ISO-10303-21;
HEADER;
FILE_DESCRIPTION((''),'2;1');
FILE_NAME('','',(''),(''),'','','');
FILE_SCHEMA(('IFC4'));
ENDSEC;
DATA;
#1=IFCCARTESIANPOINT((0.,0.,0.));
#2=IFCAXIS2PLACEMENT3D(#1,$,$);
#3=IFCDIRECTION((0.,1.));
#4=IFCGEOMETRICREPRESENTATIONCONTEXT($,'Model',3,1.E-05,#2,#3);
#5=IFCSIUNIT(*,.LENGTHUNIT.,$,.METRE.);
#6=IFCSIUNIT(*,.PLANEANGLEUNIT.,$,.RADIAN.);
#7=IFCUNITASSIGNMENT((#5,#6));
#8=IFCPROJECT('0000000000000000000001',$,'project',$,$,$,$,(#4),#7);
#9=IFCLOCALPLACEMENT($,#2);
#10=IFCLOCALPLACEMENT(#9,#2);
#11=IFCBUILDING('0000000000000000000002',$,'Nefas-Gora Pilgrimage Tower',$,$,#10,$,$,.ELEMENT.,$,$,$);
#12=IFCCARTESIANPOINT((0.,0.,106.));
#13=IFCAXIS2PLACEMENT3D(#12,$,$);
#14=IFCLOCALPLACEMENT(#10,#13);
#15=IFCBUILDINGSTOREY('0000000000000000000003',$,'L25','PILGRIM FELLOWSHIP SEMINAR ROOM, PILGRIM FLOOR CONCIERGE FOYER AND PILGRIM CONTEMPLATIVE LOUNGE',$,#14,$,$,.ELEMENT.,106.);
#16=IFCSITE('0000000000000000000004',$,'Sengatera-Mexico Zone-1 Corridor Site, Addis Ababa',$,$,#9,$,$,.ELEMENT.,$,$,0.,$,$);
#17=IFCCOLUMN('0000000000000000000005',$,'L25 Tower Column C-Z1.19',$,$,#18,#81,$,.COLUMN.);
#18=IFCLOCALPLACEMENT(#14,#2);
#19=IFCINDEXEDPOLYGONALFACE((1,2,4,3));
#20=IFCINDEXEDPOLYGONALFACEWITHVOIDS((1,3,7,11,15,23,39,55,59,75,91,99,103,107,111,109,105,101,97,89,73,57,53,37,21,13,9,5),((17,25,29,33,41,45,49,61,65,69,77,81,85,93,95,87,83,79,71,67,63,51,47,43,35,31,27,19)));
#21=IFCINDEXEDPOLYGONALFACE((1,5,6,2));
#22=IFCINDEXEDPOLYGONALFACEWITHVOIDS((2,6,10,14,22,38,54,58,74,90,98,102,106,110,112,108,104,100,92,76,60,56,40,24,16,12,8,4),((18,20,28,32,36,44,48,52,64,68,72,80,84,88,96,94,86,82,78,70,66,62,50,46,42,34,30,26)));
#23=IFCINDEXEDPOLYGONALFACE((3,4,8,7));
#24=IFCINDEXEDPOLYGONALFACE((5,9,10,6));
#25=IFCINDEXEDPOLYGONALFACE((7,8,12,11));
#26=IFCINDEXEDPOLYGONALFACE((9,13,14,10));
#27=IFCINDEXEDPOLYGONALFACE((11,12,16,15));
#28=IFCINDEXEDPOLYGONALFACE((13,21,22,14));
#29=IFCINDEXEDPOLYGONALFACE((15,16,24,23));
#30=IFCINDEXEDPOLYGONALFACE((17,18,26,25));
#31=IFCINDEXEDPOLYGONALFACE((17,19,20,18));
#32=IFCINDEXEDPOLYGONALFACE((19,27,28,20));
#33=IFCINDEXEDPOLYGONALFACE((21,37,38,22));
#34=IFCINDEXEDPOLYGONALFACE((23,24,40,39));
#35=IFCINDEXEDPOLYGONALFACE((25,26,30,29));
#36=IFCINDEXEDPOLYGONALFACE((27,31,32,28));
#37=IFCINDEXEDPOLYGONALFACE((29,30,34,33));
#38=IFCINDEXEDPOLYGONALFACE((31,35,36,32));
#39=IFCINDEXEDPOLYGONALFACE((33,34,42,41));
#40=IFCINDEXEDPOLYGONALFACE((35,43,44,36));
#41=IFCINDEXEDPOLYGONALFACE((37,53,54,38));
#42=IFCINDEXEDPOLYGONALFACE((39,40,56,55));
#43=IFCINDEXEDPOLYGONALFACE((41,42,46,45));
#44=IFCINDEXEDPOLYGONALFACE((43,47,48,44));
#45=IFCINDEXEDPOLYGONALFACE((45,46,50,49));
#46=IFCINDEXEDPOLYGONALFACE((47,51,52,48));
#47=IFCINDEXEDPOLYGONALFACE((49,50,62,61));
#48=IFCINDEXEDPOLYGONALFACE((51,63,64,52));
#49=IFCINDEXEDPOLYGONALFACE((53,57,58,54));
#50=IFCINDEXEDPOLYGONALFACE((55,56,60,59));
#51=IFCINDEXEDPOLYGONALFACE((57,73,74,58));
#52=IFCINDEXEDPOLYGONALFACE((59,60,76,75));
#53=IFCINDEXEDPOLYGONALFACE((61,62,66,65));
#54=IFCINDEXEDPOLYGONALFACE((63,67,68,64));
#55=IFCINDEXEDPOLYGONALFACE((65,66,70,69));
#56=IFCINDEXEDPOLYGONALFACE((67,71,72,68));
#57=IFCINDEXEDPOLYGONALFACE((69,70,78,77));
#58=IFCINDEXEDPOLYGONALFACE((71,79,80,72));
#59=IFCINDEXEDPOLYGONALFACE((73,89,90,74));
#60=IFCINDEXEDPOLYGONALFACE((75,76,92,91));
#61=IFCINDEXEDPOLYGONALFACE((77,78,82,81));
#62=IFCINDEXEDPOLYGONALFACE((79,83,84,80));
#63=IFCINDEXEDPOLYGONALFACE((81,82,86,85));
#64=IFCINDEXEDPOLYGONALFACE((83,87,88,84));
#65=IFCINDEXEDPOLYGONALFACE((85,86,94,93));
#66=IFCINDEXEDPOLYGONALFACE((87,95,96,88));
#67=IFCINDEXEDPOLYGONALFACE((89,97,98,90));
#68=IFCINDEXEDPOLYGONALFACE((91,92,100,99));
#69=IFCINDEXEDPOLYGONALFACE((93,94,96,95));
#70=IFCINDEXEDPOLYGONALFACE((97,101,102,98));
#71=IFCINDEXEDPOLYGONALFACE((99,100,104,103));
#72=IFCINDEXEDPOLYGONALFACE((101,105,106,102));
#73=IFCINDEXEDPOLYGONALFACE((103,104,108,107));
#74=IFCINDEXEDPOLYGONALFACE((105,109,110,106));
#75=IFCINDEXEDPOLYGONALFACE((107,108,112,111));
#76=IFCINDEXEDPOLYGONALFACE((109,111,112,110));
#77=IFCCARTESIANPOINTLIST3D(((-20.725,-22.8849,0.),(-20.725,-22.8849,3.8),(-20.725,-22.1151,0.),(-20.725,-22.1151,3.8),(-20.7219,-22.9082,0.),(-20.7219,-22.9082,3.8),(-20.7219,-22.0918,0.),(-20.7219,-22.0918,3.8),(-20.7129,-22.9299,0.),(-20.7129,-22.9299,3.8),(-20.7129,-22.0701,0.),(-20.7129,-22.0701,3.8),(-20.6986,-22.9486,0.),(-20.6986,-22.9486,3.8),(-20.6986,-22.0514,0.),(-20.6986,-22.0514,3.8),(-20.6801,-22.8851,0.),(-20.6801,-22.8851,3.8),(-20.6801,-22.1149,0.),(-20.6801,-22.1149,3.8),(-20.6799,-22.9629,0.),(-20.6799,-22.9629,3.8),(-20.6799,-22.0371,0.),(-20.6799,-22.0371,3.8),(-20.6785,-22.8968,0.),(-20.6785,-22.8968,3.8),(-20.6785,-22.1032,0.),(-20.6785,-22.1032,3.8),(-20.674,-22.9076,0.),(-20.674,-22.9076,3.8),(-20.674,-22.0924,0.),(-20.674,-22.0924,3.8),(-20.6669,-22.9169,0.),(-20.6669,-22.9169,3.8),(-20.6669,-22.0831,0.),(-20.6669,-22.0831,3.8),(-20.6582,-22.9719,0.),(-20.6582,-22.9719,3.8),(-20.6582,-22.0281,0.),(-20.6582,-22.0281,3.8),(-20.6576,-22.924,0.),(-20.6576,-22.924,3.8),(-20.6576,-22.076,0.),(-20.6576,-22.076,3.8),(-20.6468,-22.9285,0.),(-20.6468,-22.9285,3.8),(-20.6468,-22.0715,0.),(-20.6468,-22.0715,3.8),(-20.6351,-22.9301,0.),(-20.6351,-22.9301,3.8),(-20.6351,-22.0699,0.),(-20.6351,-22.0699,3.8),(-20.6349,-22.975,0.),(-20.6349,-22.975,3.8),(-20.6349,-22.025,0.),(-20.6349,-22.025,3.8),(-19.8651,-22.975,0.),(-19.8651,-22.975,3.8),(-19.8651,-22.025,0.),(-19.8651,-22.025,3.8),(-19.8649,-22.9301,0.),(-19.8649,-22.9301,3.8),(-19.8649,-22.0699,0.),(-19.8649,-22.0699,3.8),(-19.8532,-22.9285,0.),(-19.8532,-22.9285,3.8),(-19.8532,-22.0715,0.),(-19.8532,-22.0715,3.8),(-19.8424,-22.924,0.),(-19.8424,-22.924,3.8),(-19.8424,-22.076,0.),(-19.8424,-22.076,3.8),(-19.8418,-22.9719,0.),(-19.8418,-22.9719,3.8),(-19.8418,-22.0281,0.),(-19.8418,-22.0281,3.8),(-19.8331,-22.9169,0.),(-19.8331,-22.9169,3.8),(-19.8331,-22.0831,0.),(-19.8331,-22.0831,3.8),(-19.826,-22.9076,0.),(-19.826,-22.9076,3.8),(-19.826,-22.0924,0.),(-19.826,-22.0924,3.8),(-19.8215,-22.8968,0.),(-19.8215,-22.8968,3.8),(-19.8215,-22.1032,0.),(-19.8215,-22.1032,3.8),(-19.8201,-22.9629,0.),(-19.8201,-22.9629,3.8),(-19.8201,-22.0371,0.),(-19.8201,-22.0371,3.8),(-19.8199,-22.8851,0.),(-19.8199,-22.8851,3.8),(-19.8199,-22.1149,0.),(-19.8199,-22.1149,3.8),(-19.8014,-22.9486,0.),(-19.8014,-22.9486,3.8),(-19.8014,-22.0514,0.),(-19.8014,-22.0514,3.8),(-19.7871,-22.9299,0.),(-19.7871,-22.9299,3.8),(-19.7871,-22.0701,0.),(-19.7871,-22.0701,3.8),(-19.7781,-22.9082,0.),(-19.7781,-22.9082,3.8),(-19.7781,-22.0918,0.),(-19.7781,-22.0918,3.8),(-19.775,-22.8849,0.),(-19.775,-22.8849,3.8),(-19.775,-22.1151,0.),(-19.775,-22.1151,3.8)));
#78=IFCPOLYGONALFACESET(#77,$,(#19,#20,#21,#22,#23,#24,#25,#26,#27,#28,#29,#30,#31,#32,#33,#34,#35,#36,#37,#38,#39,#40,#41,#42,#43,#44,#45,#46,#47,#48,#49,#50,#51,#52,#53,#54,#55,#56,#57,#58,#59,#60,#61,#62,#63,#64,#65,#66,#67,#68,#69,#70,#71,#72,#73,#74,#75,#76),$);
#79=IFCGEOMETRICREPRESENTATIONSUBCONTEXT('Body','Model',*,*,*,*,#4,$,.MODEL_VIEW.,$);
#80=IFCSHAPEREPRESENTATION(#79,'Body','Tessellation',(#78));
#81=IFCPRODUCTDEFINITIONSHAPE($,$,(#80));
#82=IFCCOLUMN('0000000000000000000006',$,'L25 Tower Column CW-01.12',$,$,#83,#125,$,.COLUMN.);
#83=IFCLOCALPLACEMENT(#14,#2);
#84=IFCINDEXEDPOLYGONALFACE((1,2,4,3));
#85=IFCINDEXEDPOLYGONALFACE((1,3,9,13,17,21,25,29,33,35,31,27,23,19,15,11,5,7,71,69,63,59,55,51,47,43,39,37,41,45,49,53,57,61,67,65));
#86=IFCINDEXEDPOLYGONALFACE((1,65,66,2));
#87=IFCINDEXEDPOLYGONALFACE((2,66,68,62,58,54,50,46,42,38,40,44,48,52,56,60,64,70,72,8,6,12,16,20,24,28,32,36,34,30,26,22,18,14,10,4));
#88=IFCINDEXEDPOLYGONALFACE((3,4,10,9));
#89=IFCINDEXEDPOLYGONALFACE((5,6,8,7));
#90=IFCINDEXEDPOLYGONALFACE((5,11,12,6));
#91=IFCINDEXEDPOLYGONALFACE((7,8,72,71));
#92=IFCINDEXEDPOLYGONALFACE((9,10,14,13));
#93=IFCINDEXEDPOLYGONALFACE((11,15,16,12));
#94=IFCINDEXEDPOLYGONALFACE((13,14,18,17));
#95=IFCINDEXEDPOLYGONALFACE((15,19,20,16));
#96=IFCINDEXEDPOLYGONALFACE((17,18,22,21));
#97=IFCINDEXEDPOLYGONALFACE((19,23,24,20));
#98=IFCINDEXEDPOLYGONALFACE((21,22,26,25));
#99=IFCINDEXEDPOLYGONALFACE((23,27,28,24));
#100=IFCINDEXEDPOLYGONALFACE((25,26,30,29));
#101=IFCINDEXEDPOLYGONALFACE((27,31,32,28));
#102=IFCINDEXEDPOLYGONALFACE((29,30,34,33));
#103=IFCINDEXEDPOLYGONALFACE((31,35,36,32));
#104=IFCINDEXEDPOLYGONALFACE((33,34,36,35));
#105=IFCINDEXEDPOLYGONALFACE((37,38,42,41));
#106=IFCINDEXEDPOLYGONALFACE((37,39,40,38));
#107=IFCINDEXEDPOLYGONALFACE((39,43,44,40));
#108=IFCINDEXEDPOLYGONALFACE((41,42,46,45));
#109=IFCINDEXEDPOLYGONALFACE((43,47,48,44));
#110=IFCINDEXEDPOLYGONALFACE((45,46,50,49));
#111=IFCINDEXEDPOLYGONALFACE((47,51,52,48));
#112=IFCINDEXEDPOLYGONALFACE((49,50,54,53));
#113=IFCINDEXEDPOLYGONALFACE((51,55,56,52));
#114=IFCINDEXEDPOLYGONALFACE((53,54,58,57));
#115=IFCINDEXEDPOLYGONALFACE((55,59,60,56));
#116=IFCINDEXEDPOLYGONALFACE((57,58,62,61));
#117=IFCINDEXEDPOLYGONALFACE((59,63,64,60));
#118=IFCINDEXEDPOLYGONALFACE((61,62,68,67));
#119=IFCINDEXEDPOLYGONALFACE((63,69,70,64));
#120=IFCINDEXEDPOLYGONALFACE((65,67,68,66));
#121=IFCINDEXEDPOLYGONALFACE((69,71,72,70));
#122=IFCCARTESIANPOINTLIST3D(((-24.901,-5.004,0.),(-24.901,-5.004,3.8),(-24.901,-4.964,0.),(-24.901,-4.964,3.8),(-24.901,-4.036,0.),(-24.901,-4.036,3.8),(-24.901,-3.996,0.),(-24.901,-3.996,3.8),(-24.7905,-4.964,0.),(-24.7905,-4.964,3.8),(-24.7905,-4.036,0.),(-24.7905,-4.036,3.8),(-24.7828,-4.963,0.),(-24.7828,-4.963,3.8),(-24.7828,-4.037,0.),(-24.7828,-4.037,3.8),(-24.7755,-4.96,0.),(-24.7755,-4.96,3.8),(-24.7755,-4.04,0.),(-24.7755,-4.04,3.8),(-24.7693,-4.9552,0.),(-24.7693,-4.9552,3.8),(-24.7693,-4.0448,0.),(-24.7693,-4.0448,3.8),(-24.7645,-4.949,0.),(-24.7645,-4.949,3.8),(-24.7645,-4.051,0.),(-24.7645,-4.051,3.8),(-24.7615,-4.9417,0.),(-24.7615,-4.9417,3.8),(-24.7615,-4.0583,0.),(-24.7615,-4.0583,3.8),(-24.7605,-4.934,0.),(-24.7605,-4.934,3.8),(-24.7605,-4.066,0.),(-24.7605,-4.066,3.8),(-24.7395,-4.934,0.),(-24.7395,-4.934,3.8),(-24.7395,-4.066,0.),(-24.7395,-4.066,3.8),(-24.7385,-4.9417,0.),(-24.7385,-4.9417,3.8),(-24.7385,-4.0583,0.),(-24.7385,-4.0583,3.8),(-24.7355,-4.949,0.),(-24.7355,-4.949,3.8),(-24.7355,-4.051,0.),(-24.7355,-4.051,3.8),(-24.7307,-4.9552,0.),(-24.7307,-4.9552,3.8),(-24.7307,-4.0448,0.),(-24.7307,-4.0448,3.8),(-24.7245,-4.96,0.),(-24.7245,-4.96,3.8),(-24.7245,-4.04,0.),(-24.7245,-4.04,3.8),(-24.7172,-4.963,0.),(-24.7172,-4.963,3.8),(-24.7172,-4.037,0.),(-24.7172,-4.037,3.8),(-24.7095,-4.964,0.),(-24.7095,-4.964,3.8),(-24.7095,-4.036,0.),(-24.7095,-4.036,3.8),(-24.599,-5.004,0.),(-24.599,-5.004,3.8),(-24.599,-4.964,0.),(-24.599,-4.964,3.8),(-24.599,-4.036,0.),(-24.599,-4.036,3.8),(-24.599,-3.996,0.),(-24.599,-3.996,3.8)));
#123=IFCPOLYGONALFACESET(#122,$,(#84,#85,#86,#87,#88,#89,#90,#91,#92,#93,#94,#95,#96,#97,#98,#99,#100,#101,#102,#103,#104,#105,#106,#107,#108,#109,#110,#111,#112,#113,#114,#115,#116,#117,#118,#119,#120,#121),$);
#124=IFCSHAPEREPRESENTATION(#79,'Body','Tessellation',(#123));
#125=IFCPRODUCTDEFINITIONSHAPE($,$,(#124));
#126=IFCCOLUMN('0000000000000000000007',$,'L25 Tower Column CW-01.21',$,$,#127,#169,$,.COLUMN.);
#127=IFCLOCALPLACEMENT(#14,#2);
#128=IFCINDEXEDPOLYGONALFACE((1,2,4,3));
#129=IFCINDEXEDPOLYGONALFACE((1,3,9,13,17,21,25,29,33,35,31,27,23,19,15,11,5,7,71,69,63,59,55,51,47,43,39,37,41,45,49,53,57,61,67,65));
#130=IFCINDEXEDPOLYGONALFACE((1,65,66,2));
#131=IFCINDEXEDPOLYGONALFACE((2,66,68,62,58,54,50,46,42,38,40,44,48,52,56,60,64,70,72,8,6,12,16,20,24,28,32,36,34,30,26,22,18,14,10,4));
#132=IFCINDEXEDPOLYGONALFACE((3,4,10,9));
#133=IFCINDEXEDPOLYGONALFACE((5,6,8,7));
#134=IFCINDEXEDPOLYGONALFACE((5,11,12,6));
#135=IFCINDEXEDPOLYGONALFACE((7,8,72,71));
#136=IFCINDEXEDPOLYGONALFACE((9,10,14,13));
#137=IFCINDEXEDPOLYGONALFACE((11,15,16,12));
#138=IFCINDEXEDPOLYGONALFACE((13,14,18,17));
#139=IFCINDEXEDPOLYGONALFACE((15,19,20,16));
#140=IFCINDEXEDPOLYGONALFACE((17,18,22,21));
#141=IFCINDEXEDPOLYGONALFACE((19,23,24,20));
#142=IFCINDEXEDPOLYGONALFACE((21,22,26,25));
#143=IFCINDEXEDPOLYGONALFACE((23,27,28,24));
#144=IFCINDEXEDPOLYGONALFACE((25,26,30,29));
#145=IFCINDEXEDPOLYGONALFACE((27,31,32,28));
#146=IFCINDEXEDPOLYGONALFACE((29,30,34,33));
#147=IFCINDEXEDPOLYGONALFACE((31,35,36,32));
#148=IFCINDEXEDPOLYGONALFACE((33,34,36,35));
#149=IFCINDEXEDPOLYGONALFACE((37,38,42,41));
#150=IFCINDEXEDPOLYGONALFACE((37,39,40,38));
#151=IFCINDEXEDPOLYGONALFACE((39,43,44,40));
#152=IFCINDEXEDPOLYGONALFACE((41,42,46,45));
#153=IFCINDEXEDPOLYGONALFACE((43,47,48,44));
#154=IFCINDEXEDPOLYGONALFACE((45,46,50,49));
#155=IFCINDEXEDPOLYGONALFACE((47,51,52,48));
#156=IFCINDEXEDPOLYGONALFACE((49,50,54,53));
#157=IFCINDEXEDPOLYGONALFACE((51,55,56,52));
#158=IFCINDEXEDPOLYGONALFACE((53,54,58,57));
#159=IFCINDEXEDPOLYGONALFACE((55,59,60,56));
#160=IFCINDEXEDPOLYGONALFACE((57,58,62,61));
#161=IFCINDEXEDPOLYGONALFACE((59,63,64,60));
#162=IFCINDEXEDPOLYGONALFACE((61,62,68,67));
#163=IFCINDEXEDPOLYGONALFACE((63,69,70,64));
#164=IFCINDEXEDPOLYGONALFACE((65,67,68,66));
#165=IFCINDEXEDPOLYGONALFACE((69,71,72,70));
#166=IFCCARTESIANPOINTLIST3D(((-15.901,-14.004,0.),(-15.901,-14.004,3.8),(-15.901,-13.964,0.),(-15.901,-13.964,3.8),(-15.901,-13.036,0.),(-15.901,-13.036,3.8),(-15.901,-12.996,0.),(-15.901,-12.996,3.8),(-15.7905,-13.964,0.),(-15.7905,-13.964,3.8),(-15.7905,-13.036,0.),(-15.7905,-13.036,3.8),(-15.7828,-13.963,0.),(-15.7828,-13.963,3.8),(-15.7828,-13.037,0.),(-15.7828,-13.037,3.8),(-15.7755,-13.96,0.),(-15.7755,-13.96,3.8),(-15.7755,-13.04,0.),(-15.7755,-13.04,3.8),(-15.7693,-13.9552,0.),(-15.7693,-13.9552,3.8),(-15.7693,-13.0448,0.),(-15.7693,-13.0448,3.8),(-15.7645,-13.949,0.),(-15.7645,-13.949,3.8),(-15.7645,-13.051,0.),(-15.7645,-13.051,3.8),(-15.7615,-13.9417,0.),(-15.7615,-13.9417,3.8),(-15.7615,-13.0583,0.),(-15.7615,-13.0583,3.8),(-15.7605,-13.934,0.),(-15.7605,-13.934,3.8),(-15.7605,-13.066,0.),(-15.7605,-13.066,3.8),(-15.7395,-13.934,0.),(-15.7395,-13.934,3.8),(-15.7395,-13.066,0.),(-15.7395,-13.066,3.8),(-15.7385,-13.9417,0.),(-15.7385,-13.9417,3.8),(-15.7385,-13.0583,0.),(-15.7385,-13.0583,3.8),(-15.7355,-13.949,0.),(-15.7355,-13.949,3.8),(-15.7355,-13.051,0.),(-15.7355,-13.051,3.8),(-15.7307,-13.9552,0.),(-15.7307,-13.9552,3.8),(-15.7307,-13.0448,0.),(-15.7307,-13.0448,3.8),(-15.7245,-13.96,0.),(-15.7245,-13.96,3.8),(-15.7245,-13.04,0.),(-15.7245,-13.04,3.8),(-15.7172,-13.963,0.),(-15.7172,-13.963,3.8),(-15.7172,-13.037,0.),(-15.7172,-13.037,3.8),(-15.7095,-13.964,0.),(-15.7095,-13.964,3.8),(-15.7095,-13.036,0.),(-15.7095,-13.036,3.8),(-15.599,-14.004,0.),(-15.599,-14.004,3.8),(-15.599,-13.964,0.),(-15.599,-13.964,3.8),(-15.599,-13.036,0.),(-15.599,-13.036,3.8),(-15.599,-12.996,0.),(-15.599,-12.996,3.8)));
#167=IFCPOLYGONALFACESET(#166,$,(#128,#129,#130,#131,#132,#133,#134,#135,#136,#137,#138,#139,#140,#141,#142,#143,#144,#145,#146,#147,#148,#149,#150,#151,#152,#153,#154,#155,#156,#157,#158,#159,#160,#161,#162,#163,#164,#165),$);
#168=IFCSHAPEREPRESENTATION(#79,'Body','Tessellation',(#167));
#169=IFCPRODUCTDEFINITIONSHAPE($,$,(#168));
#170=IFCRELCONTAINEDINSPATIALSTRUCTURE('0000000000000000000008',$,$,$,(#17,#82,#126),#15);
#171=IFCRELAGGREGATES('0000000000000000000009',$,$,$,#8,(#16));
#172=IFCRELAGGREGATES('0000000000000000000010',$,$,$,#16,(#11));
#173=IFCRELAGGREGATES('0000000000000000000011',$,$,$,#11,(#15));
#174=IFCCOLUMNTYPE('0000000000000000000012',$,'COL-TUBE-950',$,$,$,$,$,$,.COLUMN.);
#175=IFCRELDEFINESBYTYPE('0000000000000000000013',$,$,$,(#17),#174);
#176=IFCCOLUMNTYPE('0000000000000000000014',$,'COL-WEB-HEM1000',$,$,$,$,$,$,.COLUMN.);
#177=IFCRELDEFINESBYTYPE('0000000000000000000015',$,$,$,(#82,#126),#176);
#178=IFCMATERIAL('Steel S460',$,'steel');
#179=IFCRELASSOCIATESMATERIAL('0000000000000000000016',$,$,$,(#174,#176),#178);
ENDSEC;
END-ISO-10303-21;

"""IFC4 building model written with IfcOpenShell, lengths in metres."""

from ifc_helpers import new_model, si_unit, direction, frame, origin, origin_2d, place, context, subcontext, project, spatial, hollow_rectangle, i_section, extrude, source, transform, mapped, material, material_profile, profile_set, type_object, element, save


model = new_model("IFC4")

# Units and contexts
model_context = context("Model", 3, precision=1e-05, world=origin(), true_north=direction((0.0, 1.0)))
body_context = subcontext(model_context, "Body", "Model", "MODEL_VIEW")
ifc_project = project(units=[si_unit("LENGTHUNIT", "METRE"), si_unit("PLANEANGLEUNIT", "RADIAN")], contexts=[model_context])

# Site, building, storey
site_placement = place(None, origin())
site = spatial("IfcSite", under=ifc_project, at=site_placement, Name="Sengatera-Mexico Zone-1 Corridor Site, Addis Ababa", CompositionType="ELEMENT", RefElevation=0.0)
building_placement = place(site_placement, origin())
building = spatial("IfcBuilding", under=site, at=building_placement, Name="Nefas-Gora Pilgrimage Tower", CompositionType="ELEMENT")
storey_placement = place(building_placement, frame((0.0, 0.0, 106.0)))
storey = spatial("IfcBuildingStorey", under=building, at=storey_placement, Name="L25", Description="PILGRIM FELLOWSHIP SEMINAR ROOM, PILGRIM FLOOR CONCIERGE FOYER AND PILGRIM CONTEMPLATIVE LOUNGE", CompositionType="ELEMENT", Elevation=106.0)

# Columns
ifc_material_1 = material(Name="Steel S460", Category="steel")
ifc_material_profile_1 = material_profile(ifc_material_1, hollow_rectangle(XDim=0.95, YDim=0.95, WallThickness=0.0449, InnerFilletRadius=0.0449, OuterFilletRadius=0.0901, at=origin_2d()), Name="BOX 950x950x45")
ifc_profile_set_1 = profile_set([ifc_material_profile_1], Name="Steel S460")
column_type_1 = type_object("IfcColumnType", Name="COL-TUBE-950", PredefinedType="COLUMN", material=ifc_profile_set_1)
shared_shape_1 = source(origin(), body_context, "Body", "SweptSolid", [
    extrude(hollow_rectangle(XDim=0.95, YDim=0.95, WallThickness=0.0449, InnerFilletRadius=0.0449, OuterFilletRadius=0.0901, at=origin_2d()), origin(), (0.0, 0.0, 1.0), 3.8),
])
column_1_placement = place(storey_placement, frame((-20.25, -22.5, 0.0), z_axis=(0.0, 0.0, 1.0), x_axis=(1.0, 0.0, 0.0)))
element("IfcColumn", 1, at=column_1_placement, inside=storey, type_object=column_type_1, Name="L25 Tower Column C-Z1.19", PredefinedType="COLUMN", context=body_context, shape_type="MappedRepresentation", body=[
    mapped(shared_shape_1, transform((0.0, 0.0, 0.0), x_axis=(1.0, 0.0, 0.0), y_axis=(0.0, 1.0, 0.0), z_axis=(0.0, 0.0, 1.0), scale=1.0)),
])
ifc_material_profile_2 = material_profile(ifc_material_1, i_section(OverallWidth=0.302, OverallDepth=1.0081, WebThickness=0.021, FlangeThickness=0.04, FilletRadius=0.03, at=origin_2d()), Name="HEM 1000")
ifc_profile_set_2 = profile_set([ifc_material_profile_2], Name="Steel S460")
column_type_2 = type_object("IfcColumnType", Name="COL-WEB-HEM1000", PredefinedType="COLUMN", material=ifc_profile_set_2)
shared_shape_2 = source(origin(), body_context, "Body", "SweptSolid", [
    extrude(i_section(OverallWidth=0.302, OverallDepth=1.0081, WebThickness=0.021, FlangeThickness=0.04, FilletRadius=0.03, at=origin_2d()), origin(), (0.0, 0.0, 1.0), 3.8),
])
for number, where, z_axis, x_axis, name in (
    (2, (-24.75, -4.5, 0.0), (0.0, 0.0, 1.0), (1.0, 0.0, 0.0), "L25 Tower Column CW-01.12"),
    (3, (-15.75, -13.5, 0.0), (0.0, 0.0, 1.0), (1.0, 0.0, 0.0), "L25 Tower Column CW-01.21"),
):
    element("IfcColumn", number, at=place(storey_placement, frame(where, z_axis=z_axis, x_axis=x_axis)), inside=storey, type_object=column_type_2, Name=name, PredefinedType="COLUMN", context=body_context, shape_type="MappedRepresentation", body=[
        mapped(shared_shape_2, transform((0.0, 0.0, 0.0), x_axis=(1.0, 0.0, 0.0), y_axis=(0.0, 1.0, 0.0), z_axis=(0.0, 0.0, 1.0), scale=1.0)),
    ])

save(model, "model.ifc")
